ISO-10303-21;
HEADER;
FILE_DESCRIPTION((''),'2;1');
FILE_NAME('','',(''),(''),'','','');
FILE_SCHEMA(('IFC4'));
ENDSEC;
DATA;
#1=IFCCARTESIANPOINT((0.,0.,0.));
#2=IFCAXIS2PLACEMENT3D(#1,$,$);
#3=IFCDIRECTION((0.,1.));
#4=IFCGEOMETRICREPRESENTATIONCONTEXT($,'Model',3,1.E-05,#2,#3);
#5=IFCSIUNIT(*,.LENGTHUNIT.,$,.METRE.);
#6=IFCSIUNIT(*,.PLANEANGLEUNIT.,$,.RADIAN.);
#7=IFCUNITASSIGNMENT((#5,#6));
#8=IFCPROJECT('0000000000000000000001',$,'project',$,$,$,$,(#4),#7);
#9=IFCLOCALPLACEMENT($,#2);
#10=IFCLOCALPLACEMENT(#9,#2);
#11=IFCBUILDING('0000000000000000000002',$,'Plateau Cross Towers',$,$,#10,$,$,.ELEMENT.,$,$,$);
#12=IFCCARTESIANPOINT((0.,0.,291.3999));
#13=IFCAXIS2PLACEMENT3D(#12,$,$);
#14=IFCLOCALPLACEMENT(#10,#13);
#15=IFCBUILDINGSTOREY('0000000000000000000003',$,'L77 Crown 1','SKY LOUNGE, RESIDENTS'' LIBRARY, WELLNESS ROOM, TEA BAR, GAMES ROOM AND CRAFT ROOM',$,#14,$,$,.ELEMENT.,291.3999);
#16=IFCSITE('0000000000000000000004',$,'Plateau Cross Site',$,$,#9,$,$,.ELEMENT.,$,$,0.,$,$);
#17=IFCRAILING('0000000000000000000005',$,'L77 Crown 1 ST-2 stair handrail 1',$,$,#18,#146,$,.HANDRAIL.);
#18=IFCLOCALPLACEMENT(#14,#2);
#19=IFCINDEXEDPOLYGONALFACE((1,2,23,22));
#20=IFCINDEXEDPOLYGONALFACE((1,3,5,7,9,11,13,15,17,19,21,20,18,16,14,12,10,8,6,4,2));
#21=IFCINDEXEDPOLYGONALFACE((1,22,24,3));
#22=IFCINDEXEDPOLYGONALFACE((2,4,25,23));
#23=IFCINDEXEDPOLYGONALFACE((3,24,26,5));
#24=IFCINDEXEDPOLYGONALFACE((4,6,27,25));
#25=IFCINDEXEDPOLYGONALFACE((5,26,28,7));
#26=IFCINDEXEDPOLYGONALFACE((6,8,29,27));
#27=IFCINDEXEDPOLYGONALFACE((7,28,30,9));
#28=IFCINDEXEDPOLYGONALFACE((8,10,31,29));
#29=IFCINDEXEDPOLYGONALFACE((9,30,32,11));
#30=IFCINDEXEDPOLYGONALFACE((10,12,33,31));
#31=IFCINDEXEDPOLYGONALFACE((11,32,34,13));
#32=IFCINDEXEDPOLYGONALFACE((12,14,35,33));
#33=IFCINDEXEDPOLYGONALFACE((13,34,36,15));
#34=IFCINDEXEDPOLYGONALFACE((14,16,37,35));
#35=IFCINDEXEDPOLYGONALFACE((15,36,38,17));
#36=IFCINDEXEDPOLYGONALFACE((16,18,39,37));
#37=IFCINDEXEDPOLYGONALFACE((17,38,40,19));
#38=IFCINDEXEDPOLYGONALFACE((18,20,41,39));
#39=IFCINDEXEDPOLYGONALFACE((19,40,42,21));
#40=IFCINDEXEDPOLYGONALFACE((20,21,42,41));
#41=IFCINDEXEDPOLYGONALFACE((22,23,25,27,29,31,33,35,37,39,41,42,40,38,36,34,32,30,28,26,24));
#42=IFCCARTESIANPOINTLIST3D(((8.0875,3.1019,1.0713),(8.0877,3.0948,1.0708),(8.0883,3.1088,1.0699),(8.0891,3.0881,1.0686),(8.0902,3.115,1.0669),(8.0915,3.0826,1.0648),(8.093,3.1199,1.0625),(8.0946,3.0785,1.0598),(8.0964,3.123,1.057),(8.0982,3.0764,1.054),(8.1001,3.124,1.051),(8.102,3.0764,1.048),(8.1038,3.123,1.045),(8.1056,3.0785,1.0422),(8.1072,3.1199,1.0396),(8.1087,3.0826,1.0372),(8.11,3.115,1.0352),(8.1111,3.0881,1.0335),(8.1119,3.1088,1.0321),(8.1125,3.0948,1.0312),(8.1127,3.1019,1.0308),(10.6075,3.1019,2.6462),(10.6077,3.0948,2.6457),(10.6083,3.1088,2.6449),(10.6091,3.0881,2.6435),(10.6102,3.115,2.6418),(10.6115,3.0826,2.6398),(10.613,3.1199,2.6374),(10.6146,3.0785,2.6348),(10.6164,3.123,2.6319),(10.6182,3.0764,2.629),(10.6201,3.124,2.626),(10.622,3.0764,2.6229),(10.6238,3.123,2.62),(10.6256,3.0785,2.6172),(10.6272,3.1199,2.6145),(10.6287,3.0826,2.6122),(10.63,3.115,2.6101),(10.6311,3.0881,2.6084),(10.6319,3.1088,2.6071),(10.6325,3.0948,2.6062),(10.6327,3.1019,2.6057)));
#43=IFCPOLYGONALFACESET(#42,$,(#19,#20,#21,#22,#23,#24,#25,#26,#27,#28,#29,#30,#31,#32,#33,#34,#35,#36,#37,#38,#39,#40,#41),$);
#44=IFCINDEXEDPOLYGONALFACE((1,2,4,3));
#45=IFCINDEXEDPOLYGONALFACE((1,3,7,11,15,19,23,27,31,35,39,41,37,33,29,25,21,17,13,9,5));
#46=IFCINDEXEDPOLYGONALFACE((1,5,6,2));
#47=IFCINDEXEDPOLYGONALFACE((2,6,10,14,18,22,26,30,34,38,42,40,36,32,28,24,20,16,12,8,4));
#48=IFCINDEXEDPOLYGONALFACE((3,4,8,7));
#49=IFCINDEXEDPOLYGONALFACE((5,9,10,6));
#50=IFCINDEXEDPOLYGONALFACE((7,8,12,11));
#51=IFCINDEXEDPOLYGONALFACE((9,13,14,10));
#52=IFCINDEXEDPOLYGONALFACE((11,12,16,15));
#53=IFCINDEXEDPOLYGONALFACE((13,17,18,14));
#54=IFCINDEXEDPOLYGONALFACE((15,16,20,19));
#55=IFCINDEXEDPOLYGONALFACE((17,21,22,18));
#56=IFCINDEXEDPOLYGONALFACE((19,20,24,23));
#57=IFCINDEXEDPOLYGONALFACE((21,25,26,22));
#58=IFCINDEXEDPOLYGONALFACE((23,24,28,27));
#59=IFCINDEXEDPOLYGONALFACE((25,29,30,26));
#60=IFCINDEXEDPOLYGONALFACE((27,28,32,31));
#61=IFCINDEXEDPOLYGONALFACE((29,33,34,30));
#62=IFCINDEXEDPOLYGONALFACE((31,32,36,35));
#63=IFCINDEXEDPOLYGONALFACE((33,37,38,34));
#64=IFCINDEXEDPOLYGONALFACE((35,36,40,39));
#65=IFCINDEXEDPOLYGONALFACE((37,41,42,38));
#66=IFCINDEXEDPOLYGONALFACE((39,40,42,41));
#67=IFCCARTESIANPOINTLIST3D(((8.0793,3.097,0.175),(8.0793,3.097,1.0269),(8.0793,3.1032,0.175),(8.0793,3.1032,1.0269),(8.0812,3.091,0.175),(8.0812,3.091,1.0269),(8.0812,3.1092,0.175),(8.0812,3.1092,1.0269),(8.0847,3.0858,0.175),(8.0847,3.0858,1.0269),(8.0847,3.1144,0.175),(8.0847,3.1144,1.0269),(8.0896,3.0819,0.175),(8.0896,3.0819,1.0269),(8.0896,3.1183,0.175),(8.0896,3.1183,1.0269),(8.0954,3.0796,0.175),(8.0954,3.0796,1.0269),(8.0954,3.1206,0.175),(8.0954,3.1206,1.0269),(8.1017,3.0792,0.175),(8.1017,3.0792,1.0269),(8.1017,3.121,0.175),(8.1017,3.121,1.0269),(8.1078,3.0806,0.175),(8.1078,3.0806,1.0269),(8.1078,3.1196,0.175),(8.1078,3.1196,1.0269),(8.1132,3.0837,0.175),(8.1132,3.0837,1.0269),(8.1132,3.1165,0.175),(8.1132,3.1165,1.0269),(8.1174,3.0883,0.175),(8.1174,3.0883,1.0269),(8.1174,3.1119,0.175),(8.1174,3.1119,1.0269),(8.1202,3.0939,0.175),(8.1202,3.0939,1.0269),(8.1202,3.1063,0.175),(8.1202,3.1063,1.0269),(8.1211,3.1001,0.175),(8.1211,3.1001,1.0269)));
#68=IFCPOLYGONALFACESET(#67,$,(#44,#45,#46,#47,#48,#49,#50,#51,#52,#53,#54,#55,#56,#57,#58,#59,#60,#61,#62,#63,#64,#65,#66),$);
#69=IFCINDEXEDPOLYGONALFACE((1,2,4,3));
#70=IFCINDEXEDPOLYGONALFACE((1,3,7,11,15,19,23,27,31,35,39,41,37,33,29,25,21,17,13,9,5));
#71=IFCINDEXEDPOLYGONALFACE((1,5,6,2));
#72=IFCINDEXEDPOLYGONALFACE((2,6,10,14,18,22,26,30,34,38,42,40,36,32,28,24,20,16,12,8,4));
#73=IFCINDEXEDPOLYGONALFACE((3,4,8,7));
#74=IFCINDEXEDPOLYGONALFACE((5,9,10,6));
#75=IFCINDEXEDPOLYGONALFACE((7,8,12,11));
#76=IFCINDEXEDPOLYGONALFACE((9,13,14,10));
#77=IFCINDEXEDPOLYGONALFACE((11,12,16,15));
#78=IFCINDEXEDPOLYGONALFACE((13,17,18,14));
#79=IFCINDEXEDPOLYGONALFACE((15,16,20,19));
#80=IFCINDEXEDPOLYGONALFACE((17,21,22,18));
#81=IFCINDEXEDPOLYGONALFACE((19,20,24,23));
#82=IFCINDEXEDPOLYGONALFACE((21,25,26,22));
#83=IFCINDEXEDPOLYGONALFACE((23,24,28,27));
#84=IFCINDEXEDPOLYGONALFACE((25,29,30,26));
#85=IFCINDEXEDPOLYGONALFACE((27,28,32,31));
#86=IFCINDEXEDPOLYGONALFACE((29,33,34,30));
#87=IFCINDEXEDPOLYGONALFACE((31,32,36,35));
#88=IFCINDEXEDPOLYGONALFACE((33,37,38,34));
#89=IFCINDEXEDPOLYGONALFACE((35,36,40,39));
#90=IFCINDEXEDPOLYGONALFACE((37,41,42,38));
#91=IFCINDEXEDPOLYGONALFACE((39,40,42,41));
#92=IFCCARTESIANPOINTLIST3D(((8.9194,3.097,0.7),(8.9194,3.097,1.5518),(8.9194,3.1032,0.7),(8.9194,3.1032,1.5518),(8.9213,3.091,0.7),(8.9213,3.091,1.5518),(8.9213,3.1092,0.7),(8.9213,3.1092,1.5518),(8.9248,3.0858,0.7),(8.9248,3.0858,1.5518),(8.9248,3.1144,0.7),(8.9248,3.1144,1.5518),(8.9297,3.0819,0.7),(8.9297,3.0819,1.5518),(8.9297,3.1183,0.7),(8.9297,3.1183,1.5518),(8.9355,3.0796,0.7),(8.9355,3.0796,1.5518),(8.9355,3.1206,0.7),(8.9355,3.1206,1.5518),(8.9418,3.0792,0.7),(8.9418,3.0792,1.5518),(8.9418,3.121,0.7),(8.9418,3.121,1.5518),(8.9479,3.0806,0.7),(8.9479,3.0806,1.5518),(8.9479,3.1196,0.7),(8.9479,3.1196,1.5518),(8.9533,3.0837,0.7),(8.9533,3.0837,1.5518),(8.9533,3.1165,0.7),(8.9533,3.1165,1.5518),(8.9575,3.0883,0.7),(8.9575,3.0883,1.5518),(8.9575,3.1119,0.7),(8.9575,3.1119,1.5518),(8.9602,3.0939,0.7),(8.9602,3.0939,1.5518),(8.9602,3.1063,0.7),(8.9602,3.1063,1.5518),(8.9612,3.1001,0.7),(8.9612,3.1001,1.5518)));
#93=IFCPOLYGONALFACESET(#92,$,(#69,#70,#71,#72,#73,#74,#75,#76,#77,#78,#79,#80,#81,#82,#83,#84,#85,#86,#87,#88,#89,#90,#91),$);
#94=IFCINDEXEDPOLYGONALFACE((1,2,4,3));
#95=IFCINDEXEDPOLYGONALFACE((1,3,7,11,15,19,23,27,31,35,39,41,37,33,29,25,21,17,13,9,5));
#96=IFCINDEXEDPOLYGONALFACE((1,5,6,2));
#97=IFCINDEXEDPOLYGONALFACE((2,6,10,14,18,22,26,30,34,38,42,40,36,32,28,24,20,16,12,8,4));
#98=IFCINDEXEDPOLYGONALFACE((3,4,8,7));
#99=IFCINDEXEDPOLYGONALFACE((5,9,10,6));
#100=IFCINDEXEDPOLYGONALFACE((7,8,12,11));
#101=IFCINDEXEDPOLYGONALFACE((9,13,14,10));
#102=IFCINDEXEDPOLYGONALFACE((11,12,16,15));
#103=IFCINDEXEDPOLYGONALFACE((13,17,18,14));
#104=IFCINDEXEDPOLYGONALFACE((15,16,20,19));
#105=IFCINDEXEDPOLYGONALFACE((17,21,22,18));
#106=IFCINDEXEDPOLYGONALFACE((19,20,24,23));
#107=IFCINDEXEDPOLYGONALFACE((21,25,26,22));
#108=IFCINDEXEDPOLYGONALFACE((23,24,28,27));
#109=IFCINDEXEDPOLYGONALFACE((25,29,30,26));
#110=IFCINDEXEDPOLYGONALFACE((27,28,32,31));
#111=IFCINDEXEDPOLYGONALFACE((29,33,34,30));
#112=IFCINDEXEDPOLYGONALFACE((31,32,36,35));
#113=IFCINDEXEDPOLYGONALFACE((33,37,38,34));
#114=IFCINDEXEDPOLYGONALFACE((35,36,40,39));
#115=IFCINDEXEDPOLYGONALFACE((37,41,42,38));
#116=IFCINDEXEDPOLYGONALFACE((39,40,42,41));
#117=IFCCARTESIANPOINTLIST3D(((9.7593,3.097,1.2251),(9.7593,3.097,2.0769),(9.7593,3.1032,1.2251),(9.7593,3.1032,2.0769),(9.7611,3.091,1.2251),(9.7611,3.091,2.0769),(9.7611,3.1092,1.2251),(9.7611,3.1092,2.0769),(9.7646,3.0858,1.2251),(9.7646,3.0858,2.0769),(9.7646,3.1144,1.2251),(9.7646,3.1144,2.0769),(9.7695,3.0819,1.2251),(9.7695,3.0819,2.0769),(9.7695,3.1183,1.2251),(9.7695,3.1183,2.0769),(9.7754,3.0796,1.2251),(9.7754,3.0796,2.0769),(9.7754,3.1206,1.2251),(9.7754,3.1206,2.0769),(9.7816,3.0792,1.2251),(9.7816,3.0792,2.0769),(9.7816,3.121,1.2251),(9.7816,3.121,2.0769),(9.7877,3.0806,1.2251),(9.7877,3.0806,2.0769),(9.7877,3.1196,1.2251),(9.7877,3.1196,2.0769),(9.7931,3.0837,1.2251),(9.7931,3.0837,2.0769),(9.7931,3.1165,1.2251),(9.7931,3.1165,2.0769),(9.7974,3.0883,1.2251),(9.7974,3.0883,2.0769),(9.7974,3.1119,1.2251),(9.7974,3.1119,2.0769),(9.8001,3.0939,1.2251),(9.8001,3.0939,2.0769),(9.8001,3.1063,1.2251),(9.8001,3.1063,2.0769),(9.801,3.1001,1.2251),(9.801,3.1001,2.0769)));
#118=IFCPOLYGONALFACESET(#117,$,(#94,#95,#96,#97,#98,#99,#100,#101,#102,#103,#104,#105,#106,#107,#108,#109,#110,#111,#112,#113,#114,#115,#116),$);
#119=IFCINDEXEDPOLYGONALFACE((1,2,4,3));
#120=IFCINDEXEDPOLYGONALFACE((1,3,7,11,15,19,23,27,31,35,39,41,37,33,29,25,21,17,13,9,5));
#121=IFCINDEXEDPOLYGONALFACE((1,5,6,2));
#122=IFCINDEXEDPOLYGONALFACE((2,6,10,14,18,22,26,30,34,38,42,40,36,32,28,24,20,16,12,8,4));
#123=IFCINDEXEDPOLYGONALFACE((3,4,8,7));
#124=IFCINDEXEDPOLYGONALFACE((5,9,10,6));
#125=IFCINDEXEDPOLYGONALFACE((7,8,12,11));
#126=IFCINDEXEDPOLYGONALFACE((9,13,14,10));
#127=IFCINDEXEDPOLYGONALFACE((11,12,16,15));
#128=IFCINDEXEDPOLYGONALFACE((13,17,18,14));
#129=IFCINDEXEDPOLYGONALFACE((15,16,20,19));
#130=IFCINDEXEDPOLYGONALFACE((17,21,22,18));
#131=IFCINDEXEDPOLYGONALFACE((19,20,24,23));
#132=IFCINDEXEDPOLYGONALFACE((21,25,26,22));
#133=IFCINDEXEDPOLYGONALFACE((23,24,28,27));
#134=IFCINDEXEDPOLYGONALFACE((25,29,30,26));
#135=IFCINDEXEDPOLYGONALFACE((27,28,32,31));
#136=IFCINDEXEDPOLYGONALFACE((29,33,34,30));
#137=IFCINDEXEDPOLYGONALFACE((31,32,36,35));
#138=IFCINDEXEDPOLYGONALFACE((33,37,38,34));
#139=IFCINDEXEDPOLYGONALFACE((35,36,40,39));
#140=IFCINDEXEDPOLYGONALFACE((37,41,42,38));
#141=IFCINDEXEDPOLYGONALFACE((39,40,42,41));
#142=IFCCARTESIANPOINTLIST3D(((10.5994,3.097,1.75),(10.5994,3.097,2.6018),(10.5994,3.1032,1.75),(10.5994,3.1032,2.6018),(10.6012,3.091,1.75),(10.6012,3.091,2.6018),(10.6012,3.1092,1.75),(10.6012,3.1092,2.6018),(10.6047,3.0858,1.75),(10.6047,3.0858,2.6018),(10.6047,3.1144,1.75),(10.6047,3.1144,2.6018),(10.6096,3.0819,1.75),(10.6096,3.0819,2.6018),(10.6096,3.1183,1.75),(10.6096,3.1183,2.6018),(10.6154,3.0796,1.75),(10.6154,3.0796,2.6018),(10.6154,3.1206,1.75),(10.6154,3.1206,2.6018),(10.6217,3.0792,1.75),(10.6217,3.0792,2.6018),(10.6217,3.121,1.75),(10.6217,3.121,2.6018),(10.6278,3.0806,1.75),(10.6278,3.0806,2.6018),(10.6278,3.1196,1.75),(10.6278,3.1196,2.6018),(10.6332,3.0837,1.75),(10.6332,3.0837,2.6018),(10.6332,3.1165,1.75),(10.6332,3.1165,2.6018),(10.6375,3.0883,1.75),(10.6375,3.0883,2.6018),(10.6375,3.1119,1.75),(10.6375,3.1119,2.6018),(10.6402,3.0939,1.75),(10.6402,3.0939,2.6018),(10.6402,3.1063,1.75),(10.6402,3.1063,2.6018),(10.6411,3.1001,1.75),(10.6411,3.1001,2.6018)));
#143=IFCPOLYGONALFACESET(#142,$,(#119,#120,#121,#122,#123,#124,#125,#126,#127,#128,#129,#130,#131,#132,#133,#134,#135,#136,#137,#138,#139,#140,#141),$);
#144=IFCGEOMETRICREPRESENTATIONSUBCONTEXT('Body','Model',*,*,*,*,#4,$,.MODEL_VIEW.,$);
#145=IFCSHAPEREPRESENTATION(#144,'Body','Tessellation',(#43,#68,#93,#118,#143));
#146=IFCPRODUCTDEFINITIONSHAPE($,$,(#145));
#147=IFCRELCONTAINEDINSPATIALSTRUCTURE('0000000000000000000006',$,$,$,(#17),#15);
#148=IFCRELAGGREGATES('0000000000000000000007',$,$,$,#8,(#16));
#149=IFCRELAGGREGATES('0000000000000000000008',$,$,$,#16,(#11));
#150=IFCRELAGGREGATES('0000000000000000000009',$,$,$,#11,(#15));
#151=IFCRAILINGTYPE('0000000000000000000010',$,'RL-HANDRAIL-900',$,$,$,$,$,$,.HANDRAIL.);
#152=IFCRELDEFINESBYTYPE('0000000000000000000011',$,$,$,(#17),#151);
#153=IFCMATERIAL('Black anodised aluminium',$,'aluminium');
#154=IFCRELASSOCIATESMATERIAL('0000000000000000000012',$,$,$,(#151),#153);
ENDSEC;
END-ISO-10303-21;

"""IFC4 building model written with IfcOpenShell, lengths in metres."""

from ifc_helpers import new_model, si_unit, direction, frame, origin, origin_2d, place, context, subcontext, project, spatial, circle, extrude, material, type_object, element, save


model = new_model("IFC4")

# Units and contexts
model_context = context("Model", 3, precision=1e-05, world=origin(), true_north=direction((0.0, 1.0)))
body_context = subcontext(model_context, "Body", "Model", "MODEL_VIEW")
ifc_project = project(units=[si_unit("LENGTHUNIT", "METRE"), si_unit("PLANEANGLEUNIT", "RADIAN")], contexts=[model_context])

# Site, building, storey
site_placement = place(None, origin())
site = spatial("IfcSite", under=ifc_project, at=site_placement, Name="Plateau Cross Site", CompositionType="ELEMENT", RefElevation=0.0)
building_placement = place(site_placement, origin())
building = spatial("IfcBuilding", under=site, at=building_placement, Name="Plateau Cross Towers", CompositionType="ELEMENT")
storey_placement = place(building_placement, frame((0.0, 0.0, 291.3999)))
storey = spatial("IfcBuildingStorey", under=building, at=storey_placement, Name="L77 Crown 1", Description="SKY LOUNGE, RESIDENTS' LIBRARY, WELLNESS ROOM, TEA BAR, GAMES ROOM AND CRAFT ROOM", CompositionType="ELEMENT", Elevation=291.3999)

# Shared definitions
ifc_material_1 = material(Name="Black anodised aluminium", Category="aluminium")

# Railing
railing_type_1 = type_object("IfcRailingType", Name="RL-HANDRAIL-900", PredefinedType="HANDRAIL", material=ifc_material_1)
railing_1_placement = place(storey_placement, frame((8.1001, 3.1001, 0.175)))
element("IfcRailing", 1, at=railing_1_placement, inside=storey, type_object=railing_type_1, Name="L77 Crown 1 ST-2 stair handrail 1", PredefinedType="HANDRAIL", context=body_context, shape_type="SweptSolid", body=[
    extrude(circle(Radius=0.0239, at=origin_2d()), frame((0.0, 0.0, 0.876), z_axis=(0.848008, 0.0, 0.529984), x_axis=(0.0, 1.0, 0.0)), (0.0, 0.0, 1.0), 2.9717),
    extrude(circle(Radius=0.021, at=origin_2d()), origin(), (0.0, 0.0, 1.0), 0.8518),
    extrude(circle(Radius=0.021, at=origin_2d()), frame((0.8401, 0.0, 0.5249)), (0.0, 0.0, 1.0), 0.8518),
    extrude(circle(Radius=0.021, at=origin_2d()), frame((1.6799, 0.0, 1.05)), (0.0, 0.0, 1.0), 0.8518),
    extrude(circle(Radius=0.021, at=origin_2d()), frame((2.52, 0.0, 1.575)), (0.0, 0.0, 1.0), 0.8518),
])

save(model, "model.ifc")
